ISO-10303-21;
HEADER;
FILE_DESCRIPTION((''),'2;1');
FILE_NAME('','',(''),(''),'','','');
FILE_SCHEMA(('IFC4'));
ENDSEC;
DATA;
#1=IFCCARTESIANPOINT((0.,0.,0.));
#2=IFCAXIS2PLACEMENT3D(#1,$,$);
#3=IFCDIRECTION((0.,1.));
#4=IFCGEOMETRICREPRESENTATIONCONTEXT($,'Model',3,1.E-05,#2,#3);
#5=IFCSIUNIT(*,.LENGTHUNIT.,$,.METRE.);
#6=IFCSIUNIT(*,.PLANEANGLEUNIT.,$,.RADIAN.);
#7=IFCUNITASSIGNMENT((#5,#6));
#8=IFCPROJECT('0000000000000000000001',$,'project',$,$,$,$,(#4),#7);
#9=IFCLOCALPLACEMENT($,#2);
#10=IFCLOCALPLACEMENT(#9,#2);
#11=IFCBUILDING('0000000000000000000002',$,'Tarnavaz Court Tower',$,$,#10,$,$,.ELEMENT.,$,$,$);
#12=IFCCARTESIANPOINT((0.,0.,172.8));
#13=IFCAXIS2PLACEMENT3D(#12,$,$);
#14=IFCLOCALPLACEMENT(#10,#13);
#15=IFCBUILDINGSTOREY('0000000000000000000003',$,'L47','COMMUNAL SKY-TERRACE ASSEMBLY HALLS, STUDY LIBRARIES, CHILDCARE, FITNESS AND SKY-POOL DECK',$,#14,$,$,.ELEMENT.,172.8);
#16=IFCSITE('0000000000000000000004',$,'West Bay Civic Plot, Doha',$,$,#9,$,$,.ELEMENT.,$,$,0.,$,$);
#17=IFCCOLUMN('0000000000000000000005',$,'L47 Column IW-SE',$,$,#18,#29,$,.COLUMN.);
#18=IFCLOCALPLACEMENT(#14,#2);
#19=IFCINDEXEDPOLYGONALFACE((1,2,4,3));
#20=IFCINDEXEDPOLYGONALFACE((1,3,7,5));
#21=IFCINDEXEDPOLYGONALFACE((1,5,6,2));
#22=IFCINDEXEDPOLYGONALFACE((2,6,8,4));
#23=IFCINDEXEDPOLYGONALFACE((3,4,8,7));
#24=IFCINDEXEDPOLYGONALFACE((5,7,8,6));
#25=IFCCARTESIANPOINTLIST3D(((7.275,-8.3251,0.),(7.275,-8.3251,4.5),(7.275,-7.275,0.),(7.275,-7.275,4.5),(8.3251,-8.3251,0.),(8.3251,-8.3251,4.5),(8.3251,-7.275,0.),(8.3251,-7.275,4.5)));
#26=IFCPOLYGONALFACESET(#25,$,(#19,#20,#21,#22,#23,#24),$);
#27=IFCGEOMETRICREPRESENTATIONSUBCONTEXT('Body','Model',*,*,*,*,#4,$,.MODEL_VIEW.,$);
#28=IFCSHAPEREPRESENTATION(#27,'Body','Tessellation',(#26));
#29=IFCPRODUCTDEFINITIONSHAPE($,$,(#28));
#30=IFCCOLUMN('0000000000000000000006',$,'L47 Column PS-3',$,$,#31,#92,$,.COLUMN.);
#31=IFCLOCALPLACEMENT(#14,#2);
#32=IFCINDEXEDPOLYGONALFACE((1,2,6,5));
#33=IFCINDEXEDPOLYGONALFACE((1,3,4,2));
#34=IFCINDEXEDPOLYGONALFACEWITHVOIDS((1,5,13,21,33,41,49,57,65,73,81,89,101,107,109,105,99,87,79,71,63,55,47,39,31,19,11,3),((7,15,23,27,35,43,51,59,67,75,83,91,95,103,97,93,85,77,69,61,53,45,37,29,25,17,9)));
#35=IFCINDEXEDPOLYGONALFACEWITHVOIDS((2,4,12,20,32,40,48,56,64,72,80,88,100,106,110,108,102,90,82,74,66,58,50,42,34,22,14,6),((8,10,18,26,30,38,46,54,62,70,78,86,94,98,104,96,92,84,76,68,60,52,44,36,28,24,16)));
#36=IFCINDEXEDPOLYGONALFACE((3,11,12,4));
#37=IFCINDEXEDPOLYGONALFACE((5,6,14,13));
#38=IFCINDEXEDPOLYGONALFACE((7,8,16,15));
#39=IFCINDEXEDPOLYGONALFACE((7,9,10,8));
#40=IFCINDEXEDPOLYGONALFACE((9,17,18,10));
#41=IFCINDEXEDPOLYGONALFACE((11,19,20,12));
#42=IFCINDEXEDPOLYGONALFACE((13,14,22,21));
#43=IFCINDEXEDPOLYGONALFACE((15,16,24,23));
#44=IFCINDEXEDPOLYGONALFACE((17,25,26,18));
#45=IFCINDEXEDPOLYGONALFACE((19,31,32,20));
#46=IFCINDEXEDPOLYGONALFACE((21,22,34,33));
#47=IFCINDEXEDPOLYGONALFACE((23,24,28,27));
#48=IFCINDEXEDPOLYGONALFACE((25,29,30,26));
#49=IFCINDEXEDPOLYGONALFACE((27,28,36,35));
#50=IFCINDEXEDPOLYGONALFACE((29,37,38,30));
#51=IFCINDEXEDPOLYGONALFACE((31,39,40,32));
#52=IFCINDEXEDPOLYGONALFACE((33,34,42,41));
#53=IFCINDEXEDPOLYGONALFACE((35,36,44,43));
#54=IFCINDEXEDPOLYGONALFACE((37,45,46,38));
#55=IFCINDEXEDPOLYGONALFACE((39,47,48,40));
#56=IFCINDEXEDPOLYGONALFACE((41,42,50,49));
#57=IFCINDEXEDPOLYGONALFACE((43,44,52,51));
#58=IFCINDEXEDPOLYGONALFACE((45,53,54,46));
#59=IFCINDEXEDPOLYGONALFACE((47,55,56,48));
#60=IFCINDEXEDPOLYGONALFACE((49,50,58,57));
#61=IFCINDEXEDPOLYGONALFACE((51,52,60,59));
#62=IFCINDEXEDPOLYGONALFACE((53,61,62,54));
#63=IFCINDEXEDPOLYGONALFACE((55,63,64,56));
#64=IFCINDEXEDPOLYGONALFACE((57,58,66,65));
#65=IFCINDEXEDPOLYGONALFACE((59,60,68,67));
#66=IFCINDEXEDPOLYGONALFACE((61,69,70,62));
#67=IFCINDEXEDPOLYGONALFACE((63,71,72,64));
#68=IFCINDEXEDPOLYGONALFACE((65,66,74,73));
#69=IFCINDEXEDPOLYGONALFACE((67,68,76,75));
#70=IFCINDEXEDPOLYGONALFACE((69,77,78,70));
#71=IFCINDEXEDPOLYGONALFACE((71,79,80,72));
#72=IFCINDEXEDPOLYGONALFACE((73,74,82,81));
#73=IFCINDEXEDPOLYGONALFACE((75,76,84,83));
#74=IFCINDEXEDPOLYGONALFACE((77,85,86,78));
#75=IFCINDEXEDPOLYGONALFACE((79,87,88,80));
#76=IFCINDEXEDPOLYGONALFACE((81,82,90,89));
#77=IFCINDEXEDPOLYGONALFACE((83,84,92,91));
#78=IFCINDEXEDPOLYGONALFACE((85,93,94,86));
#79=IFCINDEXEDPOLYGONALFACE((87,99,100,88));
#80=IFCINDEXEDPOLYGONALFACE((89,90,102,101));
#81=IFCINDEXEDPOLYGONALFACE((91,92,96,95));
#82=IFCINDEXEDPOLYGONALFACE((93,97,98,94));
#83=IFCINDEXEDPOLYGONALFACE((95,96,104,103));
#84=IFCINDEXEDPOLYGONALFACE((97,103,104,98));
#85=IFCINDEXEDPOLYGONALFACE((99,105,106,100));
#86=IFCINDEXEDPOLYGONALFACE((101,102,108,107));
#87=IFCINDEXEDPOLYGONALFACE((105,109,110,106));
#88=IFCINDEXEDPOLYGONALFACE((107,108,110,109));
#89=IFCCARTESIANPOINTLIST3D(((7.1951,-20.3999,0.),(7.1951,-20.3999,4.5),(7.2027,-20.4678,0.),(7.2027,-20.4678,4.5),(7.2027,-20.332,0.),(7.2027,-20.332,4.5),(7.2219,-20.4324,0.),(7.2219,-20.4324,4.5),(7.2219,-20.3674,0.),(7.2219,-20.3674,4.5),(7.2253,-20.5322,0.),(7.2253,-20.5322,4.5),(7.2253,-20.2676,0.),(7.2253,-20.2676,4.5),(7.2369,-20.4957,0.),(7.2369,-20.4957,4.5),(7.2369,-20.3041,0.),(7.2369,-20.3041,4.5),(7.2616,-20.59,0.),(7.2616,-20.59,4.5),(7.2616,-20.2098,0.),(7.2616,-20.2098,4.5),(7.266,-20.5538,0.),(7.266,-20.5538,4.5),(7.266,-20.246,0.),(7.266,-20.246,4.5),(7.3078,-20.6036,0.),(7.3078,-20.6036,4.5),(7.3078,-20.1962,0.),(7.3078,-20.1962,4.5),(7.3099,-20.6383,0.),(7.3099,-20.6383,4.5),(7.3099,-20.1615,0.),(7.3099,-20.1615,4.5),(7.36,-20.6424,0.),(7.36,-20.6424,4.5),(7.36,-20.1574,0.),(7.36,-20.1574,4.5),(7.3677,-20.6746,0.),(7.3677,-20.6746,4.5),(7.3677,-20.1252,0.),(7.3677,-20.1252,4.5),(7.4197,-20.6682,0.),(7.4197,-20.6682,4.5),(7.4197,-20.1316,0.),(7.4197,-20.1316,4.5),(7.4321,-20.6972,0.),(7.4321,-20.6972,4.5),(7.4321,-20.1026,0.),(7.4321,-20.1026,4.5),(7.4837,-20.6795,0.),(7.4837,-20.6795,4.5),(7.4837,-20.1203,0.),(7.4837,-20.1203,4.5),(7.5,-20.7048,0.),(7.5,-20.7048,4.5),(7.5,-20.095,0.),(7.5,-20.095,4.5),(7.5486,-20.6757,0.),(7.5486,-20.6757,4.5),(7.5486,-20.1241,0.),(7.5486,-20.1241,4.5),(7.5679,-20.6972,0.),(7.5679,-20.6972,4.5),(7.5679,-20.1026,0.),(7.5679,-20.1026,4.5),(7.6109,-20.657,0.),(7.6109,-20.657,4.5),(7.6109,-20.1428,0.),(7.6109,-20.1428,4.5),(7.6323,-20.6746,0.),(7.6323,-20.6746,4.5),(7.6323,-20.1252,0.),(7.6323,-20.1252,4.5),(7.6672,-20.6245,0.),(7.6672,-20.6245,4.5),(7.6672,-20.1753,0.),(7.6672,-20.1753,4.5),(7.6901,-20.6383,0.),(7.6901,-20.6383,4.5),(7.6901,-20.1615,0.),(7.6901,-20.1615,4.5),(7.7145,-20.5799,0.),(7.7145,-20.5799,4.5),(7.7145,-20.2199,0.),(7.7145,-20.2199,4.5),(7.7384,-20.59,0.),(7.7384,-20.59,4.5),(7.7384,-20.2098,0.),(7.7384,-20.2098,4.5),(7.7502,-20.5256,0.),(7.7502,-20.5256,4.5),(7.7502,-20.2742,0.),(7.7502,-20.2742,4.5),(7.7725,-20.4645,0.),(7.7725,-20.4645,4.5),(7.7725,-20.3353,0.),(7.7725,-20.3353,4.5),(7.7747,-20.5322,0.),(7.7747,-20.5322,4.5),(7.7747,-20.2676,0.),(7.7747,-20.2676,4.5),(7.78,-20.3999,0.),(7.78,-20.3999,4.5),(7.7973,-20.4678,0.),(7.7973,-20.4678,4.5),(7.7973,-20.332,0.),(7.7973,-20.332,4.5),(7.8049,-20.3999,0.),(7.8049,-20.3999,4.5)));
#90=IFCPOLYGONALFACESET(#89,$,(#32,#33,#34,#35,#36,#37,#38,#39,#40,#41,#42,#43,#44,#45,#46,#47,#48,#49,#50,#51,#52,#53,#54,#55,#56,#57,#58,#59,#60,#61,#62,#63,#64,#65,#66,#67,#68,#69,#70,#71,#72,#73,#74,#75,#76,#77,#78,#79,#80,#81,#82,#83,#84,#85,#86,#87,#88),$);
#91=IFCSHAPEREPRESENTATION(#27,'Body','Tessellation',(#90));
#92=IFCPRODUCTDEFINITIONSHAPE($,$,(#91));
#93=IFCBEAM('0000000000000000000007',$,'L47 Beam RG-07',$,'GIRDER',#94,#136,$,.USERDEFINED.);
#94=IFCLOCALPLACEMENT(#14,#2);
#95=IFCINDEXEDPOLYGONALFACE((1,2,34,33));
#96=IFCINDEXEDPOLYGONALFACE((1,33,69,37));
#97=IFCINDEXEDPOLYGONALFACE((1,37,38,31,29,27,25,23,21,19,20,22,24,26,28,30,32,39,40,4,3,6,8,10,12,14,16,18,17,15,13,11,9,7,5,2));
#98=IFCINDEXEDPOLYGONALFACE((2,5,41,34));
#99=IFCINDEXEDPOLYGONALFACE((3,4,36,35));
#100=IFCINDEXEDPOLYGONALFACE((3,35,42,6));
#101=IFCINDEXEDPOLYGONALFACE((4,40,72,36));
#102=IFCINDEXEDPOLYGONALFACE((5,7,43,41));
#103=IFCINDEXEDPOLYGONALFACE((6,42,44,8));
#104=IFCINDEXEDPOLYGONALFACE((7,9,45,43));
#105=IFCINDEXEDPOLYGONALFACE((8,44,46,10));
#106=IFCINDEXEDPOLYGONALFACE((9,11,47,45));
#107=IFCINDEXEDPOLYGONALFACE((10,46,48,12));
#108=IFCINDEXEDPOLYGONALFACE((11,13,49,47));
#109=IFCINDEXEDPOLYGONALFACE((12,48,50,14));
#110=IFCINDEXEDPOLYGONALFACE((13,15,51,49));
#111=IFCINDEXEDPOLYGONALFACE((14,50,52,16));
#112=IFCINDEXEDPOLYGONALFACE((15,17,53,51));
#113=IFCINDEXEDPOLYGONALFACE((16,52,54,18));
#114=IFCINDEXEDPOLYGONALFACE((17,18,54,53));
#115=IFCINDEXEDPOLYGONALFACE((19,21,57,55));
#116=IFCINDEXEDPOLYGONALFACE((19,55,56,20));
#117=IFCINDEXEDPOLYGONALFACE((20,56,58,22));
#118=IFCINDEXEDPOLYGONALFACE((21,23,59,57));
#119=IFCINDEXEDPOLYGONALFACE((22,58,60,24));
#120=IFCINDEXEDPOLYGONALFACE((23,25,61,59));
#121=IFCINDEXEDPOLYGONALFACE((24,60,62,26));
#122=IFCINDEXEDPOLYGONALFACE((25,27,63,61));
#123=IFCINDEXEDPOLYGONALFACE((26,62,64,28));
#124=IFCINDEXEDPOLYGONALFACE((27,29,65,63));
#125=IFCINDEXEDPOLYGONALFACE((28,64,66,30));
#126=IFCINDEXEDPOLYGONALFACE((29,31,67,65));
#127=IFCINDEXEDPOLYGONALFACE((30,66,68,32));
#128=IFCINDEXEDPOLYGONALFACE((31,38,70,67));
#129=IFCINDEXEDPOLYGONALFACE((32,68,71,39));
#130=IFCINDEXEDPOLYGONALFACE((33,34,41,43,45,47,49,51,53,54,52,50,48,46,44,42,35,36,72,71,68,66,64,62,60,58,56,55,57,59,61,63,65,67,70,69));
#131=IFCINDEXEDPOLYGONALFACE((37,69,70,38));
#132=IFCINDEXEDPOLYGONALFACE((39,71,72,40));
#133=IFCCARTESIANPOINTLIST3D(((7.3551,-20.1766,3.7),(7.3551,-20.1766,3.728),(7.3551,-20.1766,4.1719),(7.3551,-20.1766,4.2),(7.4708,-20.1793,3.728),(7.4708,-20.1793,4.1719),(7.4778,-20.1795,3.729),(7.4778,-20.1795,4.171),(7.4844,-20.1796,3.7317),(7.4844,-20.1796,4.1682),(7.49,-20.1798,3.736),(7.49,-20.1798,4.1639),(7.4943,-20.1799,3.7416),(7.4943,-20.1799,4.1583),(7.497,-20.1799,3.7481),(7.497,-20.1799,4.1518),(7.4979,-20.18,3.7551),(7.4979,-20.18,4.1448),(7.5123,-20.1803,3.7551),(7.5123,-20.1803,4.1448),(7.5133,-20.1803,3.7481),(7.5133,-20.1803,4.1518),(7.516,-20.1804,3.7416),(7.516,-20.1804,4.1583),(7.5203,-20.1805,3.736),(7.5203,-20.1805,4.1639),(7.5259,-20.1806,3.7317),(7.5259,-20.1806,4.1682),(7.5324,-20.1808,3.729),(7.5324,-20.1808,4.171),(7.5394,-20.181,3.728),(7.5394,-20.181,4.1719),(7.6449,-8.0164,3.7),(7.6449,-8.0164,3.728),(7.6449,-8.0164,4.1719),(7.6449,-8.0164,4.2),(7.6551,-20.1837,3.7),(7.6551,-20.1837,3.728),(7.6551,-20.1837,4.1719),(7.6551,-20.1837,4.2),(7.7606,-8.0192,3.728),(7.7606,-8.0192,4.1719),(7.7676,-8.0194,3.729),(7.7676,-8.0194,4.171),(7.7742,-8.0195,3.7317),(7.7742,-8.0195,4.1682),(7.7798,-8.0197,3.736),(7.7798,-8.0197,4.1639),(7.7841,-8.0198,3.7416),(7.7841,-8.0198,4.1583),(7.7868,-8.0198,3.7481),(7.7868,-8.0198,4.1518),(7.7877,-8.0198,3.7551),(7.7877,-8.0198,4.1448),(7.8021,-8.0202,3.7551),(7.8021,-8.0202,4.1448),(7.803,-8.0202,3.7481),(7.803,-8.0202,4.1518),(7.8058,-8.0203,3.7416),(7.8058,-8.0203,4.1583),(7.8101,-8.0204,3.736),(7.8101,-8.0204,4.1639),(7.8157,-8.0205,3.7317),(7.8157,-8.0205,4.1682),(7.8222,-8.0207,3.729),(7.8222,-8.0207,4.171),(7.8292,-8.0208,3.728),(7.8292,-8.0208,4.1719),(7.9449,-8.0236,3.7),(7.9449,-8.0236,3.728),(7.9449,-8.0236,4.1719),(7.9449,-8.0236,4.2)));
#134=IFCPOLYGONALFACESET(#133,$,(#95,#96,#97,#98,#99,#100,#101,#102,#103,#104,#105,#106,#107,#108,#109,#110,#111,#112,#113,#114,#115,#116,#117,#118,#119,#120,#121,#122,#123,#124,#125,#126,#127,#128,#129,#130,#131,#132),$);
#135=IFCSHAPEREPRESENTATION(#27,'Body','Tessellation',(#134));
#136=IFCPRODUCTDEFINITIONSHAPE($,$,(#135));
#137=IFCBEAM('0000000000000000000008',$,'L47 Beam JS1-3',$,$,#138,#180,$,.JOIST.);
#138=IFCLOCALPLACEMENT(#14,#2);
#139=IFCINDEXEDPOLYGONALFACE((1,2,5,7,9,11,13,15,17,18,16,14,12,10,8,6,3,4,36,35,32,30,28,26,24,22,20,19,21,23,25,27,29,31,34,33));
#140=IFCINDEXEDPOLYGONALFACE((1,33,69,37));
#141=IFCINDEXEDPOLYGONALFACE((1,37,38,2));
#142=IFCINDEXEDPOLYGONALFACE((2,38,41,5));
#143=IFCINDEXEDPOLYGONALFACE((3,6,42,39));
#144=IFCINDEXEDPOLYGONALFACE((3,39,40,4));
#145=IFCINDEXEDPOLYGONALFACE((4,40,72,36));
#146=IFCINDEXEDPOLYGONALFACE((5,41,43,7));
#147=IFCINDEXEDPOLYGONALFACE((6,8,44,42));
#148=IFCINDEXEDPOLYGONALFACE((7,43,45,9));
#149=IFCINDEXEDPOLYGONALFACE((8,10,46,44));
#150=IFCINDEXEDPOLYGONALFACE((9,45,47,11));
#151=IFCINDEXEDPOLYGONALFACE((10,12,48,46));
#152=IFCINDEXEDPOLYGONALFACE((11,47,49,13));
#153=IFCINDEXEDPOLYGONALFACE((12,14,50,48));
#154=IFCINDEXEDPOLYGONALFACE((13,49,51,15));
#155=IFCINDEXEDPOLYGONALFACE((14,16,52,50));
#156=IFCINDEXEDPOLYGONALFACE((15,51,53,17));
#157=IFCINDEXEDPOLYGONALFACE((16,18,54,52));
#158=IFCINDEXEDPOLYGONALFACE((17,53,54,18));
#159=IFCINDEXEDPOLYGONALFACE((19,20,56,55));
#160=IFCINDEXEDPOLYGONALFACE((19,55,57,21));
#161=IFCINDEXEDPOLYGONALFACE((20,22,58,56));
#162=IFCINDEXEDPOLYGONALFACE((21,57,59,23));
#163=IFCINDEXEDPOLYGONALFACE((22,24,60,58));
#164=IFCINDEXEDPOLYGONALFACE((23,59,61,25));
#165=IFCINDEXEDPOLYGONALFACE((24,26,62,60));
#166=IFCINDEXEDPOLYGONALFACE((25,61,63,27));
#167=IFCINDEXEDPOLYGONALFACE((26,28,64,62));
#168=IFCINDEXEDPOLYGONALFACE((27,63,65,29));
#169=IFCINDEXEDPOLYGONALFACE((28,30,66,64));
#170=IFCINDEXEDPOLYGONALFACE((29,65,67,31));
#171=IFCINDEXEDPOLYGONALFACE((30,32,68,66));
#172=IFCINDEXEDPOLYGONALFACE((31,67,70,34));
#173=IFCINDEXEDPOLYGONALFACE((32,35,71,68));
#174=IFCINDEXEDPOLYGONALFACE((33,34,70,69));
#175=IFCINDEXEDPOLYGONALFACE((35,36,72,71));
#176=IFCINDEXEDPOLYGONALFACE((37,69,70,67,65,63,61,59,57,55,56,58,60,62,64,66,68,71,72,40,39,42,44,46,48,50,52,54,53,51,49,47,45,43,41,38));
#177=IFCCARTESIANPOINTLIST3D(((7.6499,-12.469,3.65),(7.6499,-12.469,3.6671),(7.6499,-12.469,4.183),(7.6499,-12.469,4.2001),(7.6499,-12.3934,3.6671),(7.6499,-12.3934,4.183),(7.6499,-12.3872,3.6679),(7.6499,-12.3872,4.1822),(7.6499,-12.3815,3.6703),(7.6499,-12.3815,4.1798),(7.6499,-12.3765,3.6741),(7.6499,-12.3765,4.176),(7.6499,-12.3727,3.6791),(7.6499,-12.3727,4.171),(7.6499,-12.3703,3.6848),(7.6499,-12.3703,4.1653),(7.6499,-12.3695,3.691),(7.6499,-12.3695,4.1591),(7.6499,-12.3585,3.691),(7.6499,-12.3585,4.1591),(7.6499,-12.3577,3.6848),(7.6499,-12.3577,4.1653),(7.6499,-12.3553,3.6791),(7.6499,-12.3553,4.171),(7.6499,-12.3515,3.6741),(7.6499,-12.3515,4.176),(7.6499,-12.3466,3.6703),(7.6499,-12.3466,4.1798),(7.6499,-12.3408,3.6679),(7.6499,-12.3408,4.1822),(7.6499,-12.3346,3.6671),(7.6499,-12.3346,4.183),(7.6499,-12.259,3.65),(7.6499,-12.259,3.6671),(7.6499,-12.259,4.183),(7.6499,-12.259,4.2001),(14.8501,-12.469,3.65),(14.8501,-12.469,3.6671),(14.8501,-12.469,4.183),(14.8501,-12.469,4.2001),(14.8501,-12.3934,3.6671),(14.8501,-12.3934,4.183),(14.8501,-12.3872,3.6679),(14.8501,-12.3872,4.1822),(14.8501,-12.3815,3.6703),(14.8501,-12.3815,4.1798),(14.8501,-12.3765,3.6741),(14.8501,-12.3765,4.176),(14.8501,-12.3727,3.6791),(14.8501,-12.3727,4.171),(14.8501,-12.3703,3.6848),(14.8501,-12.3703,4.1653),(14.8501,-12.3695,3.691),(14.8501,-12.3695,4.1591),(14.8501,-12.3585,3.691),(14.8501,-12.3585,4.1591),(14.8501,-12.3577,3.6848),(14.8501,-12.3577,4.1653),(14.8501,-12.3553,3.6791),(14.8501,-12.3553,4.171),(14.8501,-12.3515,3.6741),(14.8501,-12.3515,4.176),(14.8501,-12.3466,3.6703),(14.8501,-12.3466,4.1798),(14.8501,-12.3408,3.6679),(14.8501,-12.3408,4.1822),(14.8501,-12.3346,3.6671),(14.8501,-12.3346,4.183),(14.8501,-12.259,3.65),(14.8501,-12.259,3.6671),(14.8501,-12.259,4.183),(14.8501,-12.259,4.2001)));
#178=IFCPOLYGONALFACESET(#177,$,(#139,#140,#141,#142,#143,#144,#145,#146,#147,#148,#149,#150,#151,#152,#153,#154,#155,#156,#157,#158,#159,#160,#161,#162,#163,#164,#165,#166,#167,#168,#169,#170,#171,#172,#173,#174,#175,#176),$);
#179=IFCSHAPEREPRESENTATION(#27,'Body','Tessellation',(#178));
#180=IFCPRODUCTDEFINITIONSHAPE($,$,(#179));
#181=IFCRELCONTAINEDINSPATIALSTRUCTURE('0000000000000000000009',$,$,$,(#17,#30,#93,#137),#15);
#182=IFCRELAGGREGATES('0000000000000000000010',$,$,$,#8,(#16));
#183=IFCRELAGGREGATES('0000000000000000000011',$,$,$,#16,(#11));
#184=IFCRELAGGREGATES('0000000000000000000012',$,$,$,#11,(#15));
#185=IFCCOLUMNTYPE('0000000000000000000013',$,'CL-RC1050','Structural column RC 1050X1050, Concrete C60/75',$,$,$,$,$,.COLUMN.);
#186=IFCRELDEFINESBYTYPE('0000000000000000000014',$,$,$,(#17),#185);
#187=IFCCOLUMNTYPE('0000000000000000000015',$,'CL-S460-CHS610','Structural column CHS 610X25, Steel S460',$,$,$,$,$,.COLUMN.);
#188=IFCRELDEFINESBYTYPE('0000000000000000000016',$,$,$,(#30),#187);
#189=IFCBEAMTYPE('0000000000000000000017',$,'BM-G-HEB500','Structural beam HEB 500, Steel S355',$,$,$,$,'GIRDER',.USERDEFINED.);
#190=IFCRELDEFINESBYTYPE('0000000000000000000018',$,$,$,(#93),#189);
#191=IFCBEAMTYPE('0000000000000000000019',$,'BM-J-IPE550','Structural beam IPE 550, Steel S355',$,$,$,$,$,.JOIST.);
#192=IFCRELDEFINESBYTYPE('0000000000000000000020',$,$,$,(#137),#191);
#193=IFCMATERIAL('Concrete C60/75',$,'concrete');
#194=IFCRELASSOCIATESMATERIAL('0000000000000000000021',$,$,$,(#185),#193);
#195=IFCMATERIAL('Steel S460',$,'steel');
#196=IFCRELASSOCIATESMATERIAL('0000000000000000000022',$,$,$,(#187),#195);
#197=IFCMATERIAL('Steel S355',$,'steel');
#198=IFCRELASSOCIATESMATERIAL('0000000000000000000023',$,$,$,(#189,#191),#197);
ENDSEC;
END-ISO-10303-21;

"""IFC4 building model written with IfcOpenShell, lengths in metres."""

from ifc_helpers import new_model, si_unit, direction, frame, origin, origin_2d, place, context, subcontext, project, spatial, rectangle, hollow_circle, i_section, extrude, material, material_profile, profile_set, type_object, element, save


model = new_model("IFC4")

# Units and contexts
model_context = context("Model", 3, precision=1e-05, world=origin(), true_north=direction((0.0, 1.0)))
body_context = subcontext(model_context, "Body", "Model", "MODEL_VIEW")
ifc_project = project(units=[si_unit("LENGTHUNIT", "METRE"), si_unit("PLANEANGLEUNIT", "RADIAN")], contexts=[model_context])

# Site, building, storey
site_placement = place(None, origin())
site = spatial("IfcSite", under=ifc_project, at=site_placement, Name="West Bay Civic Plot, Doha", CompositionType="ELEMENT", RefElevation=0.0)
building_placement = place(site_placement, origin())
building = spatial("IfcBuilding", under=site, at=building_placement, Name="Tarnavaz Court Tower", CompositionType="ELEMENT")
storey_placement = place(building_placement, frame((0.0, 0.0, 172.8)))
storey = spatial("IfcBuildingStorey", under=building, at=storey_placement, Name="L47", Description="COMMUNAL SKY-TERRACE ASSEMBLY HALLS, STUDY LIBRARIES, CHILDCARE, FITNESS AND SKY-POOL DECK", CompositionType="ELEMENT", Elevation=172.8)

# Columns
ifc_material_1 = material(Name="Concrete C60/75", Category="concrete")
ifc_material_profile_1 = material_profile(ifc_material_1, rectangle(XDim=1.05, YDim=1.05, at=origin_2d()), Name="RC 1050X1050")
ifc_profile_set_1 = profile_set([ifc_material_profile_1], Name="Concrete C60/75")
column_type_1 = type_object("IfcColumnType", Name="CL-RC1050", Description="Structural column RC 1050X1050, Concrete C60/75", PredefinedType="COLUMN", material=ifc_profile_set_1)
column_1_placement = place(storey_placement, frame((7.8, -7.8, 0.0), z_axis=(0.0, 0.0, 1.0), x_axis=(1.0, 0.0, 0.0)))
element("IfcColumn", 1, at=column_1_placement, inside=storey, type_object=column_type_1, Name="L47 Column IW-SE", PredefinedType="COLUMN", context=body_context, shape_type="SweptSolid", body=[
    extrude(rectangle(XDim=1.05, YDim=1.05, at=origin_2d()), origin(), (0.0, 0.0, 1.0), 4.5),
])
ifc_material_2 = material(Name="Steel S460", Category="steel")
ifc_material_profile_2 = material_profile(ifc_material_2, hollow_circle(Radius=0.3049, WallThickness=0.0249, at=origin_2d()), Name="CHS 610X25")
ifc_profile_set_2 = profile_set([ifc_material_profile_2], Name="Steel S460")
column_type_2 = type_object("IfcColumnType", Name="CL-S460-CHS610", Description="Structural column CHS 610X25, Steel S460", PredefinedType="COLUMN", material=ifc_profile_set_2)
column_2_placement = place(storey_placement, frame((7.5, -20.3999, 0.0), z_axis=(0.0, 0.0, 1.0), x_axis=(1.0, 0.0, 0.0)))
element("IfcColumn", 2, at=column_2_placement, inside=storey, type_object=column_type_2, Name="L47 Column PS-3", PredefinedType="COLUMN", context=body_context, shape_type="SweptSolid", body=[
    extrude(hollow_circle(Radius=0.3049, WallThickness=0.0249, at=origin_2d()), origin(), (0.0, 0.0, 1.0), 4.5),
])

# Beams
ifc_material_3 = material(Name="Steel S355", Category="steel")
ifc_material_profile_3 = material_profile(ifc_material_3, i_section(OverallWidth=0.3, OverallDepth=0.5, WebThickness=0.0144, FlangeThickness=0.0281, FilletRadius=0.0271, at=origin_2d()), Name="HEB 500")
ifc_profile_set_3 = profile_set([ifc_material_profile_3], Name="Steel S355")
beam_type_1 = type_object("IfcBeamType", Name="BM-G-HEB500", Description="Structural beam HEB 500, Steel S355", ElementType="GIRDER", PredefinedType="USERDEFINED", material=ifc_profile_set_3)
beam_1_placement = place(storey_placement, frame((7.7949, -8.02, 3.95), z_axis=(-0.023825, -0.999716, 0.0), x_axis=(0.999716, -0.023825, 0.0)))
element("IfcBeam", 3, at=beam_1_placement, inside=storey, type_object=beam_type_1, Name="L47 Beam RG-07", ObjectType="GIRDER", PredefinedType="USERDEFINED", context=body_context, shape_type="SweptSolid", body=[
    extrude(i_section(OverallWidth=0.3, OverallDepth=0.5, WebThickness=0.0144, FlangeThickness=0.0281, FilletRadius=0.0271, at=origin_2d()), origin(), (0.0, 0.0, 1.0), 12.1636),
])
ifc_material_profile_4 = material_profile(ifc_material_3, i_section(OverallWidth=0.21, OverallDepth=0.55, WebThickness=0.011, FlangeThickness=0.0171, FilletRadius=0.0239, at=origin_2d()), Name="IPE 550")
ifc_profile_set_4 = profile_set([ifc_material_profile_4], Name="Steel S355")
beam_type_2 = type_object("IfcBeamType", Name="BM-J-IPE550", Description="Structural beam IPE 550, Steel S355", PredefinedType="JOIST", material=ifc_profile_set_4)
for number, where, z_axis, x_axis, name in (
    (4, (7.6499, -12.364, 3.925), (1.0, 0.0, 0.0), (0.0, 1.0, 0.0), "L47 Beam JS1-3"),
):
    element("IfcBeam", number, at=place(storey_placement, frame(where, z_axis=z_axis, x_axis=x_axis)), inside=storey, type_object=beam_type_2, Name=name, PredefinedType="JOIST", context=body_context, shape_type="SweptSolid", body=[
        extrude(i_section(OverallWidth=0.21, OverallDepth=0.55, WebThickness=0.011, FlangeThickness=0.0171, FilletRadius=0.0239, at=origin_2d()), origin(), (0.0, 0.0, 1.0), 7.2002),
    ])

save(model, "model.ifc")
